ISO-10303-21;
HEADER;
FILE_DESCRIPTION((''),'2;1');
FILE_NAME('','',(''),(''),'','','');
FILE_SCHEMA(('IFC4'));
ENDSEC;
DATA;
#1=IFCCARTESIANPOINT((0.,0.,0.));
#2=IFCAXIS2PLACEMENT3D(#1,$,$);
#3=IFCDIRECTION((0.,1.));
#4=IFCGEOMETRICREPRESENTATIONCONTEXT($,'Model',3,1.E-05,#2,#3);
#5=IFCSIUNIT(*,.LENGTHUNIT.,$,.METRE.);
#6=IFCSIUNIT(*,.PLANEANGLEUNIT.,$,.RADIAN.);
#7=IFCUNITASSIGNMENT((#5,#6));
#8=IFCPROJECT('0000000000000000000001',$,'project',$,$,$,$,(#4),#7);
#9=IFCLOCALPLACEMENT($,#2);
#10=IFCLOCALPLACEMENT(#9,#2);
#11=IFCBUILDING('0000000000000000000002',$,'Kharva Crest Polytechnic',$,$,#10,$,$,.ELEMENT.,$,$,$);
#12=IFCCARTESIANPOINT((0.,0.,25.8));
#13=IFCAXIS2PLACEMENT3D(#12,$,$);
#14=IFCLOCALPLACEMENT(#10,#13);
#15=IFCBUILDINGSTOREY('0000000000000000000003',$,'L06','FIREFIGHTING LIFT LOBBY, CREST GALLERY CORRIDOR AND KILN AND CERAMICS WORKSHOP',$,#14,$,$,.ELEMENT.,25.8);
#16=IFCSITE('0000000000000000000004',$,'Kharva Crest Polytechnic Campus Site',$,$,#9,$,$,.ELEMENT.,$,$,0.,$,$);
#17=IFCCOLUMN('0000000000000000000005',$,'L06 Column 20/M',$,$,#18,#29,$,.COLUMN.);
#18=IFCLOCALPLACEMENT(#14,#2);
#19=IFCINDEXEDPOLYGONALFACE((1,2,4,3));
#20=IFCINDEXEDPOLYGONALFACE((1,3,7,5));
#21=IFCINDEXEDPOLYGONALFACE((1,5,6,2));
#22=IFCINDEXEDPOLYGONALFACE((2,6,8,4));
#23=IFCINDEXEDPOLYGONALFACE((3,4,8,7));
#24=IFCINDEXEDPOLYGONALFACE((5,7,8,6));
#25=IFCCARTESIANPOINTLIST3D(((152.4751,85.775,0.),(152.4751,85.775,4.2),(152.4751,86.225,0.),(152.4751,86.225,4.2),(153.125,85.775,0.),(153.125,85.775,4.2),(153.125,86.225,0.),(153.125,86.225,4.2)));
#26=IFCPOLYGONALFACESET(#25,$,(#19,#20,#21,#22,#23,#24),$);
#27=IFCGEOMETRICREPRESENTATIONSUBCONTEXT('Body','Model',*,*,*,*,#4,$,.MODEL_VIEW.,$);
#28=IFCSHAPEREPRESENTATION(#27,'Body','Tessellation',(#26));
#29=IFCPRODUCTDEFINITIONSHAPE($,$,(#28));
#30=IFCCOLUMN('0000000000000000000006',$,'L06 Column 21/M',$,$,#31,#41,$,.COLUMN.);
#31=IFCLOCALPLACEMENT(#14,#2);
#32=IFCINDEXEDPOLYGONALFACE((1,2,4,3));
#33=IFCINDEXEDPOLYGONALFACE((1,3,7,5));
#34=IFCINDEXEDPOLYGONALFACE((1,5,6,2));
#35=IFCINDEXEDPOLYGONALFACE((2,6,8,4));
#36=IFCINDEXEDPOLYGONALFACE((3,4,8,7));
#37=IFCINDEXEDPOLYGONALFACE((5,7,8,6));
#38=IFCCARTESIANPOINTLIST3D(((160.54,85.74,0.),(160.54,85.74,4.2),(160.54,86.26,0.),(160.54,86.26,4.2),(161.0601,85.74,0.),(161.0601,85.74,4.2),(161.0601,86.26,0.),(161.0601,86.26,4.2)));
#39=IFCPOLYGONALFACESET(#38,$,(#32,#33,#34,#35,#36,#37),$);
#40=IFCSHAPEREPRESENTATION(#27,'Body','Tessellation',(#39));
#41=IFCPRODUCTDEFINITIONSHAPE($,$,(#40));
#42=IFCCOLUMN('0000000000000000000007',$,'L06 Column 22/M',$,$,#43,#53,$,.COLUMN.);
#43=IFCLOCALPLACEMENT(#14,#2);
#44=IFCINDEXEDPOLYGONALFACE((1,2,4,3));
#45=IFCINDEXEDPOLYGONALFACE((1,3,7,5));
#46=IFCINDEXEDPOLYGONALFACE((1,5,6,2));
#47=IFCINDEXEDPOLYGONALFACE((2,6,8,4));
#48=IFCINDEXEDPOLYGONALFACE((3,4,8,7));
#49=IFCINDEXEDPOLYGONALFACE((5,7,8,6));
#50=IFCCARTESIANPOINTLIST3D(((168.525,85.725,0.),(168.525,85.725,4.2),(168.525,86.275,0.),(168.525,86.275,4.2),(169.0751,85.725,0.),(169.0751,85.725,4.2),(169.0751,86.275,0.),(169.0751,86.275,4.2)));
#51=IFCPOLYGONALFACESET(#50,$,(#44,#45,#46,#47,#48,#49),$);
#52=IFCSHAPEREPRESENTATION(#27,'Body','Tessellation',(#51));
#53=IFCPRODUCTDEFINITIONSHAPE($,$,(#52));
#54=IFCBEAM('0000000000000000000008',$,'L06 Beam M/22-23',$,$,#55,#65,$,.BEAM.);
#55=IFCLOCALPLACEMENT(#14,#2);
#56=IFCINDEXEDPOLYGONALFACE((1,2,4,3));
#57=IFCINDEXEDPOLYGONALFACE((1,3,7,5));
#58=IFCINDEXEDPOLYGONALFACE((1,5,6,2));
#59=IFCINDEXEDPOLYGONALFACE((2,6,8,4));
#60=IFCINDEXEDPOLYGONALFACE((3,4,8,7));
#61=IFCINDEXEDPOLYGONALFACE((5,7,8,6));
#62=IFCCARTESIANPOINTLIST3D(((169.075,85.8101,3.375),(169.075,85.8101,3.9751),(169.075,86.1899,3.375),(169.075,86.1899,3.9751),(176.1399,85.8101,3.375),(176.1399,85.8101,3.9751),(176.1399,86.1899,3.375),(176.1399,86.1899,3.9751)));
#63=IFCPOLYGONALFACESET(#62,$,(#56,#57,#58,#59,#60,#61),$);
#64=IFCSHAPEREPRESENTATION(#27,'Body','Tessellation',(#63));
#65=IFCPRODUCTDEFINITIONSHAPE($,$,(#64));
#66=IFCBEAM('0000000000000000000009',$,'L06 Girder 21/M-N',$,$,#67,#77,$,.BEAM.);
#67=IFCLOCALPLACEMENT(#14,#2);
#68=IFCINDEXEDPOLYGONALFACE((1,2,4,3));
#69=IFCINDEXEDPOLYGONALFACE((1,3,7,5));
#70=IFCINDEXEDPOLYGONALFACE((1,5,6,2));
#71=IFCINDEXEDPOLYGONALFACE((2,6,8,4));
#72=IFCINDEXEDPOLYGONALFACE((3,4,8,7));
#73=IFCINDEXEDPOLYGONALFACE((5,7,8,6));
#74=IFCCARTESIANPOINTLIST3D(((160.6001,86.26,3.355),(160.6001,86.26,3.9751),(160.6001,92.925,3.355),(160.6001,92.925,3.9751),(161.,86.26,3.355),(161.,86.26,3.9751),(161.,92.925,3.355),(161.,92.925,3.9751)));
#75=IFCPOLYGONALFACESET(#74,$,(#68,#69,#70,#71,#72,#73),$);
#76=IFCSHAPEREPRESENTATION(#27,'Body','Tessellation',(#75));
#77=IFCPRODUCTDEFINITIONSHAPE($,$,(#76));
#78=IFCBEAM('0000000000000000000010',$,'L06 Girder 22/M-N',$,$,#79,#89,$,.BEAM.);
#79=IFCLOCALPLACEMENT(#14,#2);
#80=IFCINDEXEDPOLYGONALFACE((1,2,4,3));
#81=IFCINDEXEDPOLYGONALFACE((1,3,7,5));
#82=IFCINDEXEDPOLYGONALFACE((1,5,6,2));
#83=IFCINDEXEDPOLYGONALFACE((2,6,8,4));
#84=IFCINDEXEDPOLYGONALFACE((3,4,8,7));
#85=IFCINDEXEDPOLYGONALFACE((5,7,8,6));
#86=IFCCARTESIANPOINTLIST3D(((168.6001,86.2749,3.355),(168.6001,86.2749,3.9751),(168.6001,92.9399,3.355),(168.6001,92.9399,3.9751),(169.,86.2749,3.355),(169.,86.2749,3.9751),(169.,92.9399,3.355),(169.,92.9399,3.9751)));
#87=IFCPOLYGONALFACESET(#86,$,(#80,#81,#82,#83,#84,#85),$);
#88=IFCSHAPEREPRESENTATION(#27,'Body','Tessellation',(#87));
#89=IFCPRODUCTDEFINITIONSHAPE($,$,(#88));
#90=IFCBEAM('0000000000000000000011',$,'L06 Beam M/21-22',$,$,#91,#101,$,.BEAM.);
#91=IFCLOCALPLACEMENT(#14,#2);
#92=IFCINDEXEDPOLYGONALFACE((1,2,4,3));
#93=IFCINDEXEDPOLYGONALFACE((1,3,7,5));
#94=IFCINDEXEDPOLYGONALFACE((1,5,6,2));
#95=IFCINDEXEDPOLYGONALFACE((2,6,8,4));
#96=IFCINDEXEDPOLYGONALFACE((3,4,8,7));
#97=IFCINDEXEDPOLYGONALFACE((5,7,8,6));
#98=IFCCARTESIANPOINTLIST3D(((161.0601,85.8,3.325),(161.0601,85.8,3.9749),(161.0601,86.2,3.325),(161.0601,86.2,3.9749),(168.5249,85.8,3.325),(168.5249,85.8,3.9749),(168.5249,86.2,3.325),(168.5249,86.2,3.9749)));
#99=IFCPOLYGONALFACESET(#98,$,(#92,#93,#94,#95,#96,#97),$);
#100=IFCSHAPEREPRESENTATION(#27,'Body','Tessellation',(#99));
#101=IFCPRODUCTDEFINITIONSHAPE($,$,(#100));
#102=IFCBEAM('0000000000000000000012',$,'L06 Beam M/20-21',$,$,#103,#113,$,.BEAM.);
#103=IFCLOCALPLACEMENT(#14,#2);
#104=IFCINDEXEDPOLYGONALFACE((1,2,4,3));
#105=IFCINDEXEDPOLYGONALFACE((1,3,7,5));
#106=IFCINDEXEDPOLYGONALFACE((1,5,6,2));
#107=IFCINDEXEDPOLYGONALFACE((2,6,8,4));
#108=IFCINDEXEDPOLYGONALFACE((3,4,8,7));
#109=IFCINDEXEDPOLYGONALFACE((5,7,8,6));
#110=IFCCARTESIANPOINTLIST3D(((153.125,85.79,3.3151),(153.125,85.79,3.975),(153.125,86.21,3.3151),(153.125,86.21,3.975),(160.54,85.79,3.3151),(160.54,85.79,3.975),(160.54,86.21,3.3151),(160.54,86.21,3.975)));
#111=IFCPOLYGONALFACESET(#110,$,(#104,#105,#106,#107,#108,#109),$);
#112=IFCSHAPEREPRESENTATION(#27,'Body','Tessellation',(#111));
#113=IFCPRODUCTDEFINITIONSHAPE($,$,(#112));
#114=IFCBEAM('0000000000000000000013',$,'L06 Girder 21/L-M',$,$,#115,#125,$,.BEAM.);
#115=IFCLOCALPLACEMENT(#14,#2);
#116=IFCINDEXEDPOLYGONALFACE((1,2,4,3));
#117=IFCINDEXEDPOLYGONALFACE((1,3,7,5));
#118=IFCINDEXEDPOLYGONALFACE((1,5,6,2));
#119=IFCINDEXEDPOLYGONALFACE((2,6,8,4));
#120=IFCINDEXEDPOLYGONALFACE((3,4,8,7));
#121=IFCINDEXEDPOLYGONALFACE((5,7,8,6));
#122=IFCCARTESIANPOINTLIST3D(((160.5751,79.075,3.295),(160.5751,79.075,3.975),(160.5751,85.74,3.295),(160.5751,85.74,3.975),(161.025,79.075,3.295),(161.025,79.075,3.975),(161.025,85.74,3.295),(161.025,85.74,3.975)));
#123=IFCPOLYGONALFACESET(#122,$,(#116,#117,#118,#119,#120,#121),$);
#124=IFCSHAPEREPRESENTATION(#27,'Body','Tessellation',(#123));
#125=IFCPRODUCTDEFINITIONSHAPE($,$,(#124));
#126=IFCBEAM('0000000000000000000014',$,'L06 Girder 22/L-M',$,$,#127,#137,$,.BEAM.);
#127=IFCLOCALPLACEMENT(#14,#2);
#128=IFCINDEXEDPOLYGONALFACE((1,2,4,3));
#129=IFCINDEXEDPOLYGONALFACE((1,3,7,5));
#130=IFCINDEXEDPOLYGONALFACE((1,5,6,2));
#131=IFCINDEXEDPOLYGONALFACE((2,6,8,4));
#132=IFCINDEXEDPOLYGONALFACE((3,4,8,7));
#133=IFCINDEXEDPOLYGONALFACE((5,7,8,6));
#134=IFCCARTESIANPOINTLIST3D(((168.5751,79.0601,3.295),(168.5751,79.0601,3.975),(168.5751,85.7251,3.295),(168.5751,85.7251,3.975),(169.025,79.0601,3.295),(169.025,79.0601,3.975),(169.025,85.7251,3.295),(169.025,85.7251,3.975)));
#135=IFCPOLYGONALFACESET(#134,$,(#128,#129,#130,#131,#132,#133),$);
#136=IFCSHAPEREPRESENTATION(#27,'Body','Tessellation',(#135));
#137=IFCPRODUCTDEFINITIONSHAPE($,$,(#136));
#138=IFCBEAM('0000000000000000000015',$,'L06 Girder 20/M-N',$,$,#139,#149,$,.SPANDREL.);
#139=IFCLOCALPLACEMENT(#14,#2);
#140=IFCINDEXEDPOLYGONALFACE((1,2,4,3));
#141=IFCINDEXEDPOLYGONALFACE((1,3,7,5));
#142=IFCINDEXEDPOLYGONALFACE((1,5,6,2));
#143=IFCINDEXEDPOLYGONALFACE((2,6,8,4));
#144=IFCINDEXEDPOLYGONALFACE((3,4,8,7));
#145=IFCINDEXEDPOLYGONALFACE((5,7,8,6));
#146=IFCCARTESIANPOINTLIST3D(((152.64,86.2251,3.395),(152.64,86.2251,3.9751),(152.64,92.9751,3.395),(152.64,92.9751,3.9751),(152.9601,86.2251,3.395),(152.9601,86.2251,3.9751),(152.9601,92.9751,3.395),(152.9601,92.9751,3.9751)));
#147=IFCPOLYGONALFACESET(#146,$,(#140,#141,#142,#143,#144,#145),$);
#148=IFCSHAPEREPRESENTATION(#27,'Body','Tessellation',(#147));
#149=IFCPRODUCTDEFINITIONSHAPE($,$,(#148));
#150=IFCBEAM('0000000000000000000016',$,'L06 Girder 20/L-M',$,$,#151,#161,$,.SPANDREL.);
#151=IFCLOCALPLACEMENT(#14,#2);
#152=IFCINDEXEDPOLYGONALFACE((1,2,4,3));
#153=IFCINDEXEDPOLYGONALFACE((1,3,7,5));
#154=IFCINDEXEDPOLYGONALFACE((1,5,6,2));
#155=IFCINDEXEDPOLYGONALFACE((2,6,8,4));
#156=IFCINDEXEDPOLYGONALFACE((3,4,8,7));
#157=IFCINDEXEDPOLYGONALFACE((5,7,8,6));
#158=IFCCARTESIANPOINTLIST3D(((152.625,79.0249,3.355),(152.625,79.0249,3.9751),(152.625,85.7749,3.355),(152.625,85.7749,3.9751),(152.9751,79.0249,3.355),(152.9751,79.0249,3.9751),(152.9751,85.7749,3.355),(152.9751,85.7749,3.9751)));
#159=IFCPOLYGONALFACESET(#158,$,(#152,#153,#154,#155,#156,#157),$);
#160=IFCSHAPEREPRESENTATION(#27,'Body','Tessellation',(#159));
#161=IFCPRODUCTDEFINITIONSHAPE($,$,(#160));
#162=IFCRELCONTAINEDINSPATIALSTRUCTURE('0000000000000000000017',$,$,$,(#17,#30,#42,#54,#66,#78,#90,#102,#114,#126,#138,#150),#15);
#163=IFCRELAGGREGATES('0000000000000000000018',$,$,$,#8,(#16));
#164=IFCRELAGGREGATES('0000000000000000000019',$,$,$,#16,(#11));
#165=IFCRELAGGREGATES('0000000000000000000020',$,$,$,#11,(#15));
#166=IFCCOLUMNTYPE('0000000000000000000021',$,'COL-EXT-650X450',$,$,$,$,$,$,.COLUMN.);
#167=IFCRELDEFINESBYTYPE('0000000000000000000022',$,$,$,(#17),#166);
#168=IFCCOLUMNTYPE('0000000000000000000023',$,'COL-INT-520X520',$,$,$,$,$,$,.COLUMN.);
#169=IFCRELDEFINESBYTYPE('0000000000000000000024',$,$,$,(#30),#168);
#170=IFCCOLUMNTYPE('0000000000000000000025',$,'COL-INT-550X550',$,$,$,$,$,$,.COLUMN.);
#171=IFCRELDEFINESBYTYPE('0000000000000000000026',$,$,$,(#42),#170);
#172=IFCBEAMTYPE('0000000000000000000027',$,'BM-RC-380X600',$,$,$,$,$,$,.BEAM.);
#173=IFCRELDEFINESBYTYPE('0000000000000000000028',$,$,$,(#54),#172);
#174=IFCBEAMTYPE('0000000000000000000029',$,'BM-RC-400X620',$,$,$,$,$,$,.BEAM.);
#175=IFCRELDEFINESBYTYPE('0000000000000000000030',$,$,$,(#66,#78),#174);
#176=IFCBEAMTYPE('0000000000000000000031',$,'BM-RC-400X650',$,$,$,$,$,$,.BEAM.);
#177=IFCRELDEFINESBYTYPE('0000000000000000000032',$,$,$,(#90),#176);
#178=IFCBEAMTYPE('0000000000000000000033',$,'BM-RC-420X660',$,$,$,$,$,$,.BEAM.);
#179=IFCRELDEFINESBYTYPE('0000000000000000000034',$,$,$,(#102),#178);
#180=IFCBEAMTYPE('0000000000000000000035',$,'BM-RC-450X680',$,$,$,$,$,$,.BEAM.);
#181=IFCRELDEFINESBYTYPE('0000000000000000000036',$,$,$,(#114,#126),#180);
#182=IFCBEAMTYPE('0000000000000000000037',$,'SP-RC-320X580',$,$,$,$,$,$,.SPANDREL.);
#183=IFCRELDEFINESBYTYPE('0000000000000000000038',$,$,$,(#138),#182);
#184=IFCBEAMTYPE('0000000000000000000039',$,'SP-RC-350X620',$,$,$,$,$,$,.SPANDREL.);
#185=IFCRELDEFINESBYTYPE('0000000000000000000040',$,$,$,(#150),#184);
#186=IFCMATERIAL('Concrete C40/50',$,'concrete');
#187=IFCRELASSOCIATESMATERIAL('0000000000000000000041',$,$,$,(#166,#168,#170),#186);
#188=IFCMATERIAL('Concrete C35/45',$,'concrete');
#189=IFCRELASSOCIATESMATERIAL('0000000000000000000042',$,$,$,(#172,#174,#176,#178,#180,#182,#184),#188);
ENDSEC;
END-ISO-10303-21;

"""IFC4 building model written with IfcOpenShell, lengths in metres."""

from ifc_helpers import new_model, si_unit, direction, frame, origin, origin_2d, place, context, subcontext, project, spatial, rectangle, extrude, material, material_profile, profile_set, type_object, element, save


model = new_model("IFC4")

# Units and contexts
model_context = context("Model", 3, precision=1e-05, world=origin(), true_north=direction((0.0, 1.0)))
body_context = subcontext(model_context, "Body", "Model", "MODEL_VIEW")
ifc_project = project(units=[si_unit("LENGTHUNIT", "METRE"), si_unit("PLANEANGLEUNIT", "RADIAN")], contexts=[model_context])

# Site, building, storey
site_placement = place(None, origin())
site = spatial("IfcSite", under=ifc_project, at=site_placement, Name="Kharva Crest Polytechnic Campus Site", CompositionType="ELEMENT", RefElevation=0.0)
building_placement = place(site_placement, origin())
building = spatial("IfcBuilding", under=site, at=building_placement, Name="Kharva Crest Polytechnic", CompositionType="ELEMENT")
storey_placement = place(building_placement, frame((0.0, 0.0, 25.8)))
storey = spatial("IfcBuildingStorey", under=building, at=storey_placement, Name="L06", Description="FIREFIGHTING LIFT LOBBY, CREST GALLERY CORRIDOR AND KILN AND CERAMICS WORKSHOP", CompositionType="ELEMENT", Elevation=25.8)

# Columns
ifc_material_1 = material(Name="Concrete C40/50", Category="concrete")
ifc_material_profile_1 = material_profile(ifc_material_1, rectangle(XDim=0.6499, YDim=0.45, at=origin_2d()), Name="RECT 650 X 450")
ifc_profile_set_1 = profile_set([ifc_material_profile_1], Name="Concrete C40/50")
column_type_1 = type_object("IfcColumnType", Name="COL-EXT-650X450", PredefinedType="COLUMN", material=ifc_profile_set_1)
column_1_placement = place(storey_placement, frame((152.8, 86.0, 0.0), z_axis=(0.0, 0.0, 1.0), x_axis=(1.0, 0.0, 0.0)))
element("IfcColumn", 1, at=column_1_placement, inside=storey, type_object=column_type_1, Name="L06 Column 20/M", PredefinedType="COLUMN", context=body_context, shape_type="SweptSolid", body=[
    extrude(rectangle(XDim=0.6499, YDim=0.45, at=origin_2d()), origin(), (0.0, 0.0, 1.0), 4.2),
])
ifc_material_profile_2 = material_profile(ifc_material_1, rectangle(XDim=0.52, YDim=0.52, at=origin_2d()), Name="RECT 520 X 520")
ifc_profile_set_2 = profile_set([ifc_material_profile_2], Name="Concrete C40/50")
column_type_2 = type_object("IfcColumnType", Name="COL-INT-520X520", PredefinedType="COLUMN", material=ifc_profile_set_2)
column_2_placement = place(storey_placement, frame((160.8, 86.0, 0.0), z_axis=(0.0, 0.0, 1.0), x_axis=(1.0, 0.0, 0.0)))
element("IfcColumn", 2, at=column_2_placement, inside=storey, type_object=column_type_2, Name="L06 Column 21/M", PredefinedType="COLUMN", context=body_context, shape_type="SweptSolid", body=[
    extrude(rectangle(XDim=0.52, YDim=0.52, at=origin_2d()), origin(), (0.0, 0.0, 1.0), 4.2),
])
ifc_material_profile_3 = material_profile(ifc_material_1, rectangle(XDim=0.55, YDim=0.55, at=origin_2d()), Name="RECT 550 X 550")
ifc_profile_set_3 = profile_set([ifc_material_profile_3], Name="Concrete C40/50")
column_type_3 = type_object("IfcColumnType", Name="COL-INT-550X550", PredefinedType="COLUMN", material=ifc_profile_set_3)
column_3_placement = place(storey_placement, frame((168.8, 86.0, 0.0), z_axis=(0.0, 0.0, 1.0), x_axis=(1.0, 0.0, 0.0)))
element("IfcColumn", 3, at=column_3_placement, inside=storey, type_object=column_type_3, Name="L06 Column 22/M", PredefinedType="COLUMN", context=body_context, shape_type="SweptSolid", body=[
    extrude(rectangle(XDim=0.55, YDim=0.55, at=origin_2d()), origin(), (0.0, 0.0, 1.0), 4.2),
])

# Beams
ifc_material_2 = material(Name="Concrete C35/45", Category="concrete")
ifc_material_profile_4 = material_profile(ifc_material_2, rectangle(XDim=0.3799, YDim=0.6001, at=origin_2d()), Name="RECT 380 X 600")
ifc_profile_set_4 = profile_set([ifc_material_profile_4], Name="Concrete C35/45")
beam_type_1 = type_object("IfcBeamType", Name="BM-RC-380X600", PredefinedType="BEAM", material=ifc_profile_set_4)
beam_1_placement = place(storey_placement, frame((169.075, 86.0, 3.675), z_axis=(1.0, 0.0, 0.0), x_axis=(0.0, 1.0, 0.0)))
element("IfcBeam", 4, at=beam_1_placement, inside=storey, type_object=beam_type_1, Name="L06 Beam M/22-23", PredefinedType="BEAM", context=body_context, shape_type="SweptSolid", body=[
    extrude(rectangle(XDim=0.3799, YDim=0.6001, at=origin_2d()), origin(), (0.0, 0.0, 1.0), 7.0649),
])
ifc_material_profile_5 = material_profile(ifc_material_2, rectangle(XDim=0.3999, YDim=0.6201, at=origin_2d()), Name="RECT 400 X 620")
ifc_profile_set_5 = profile_set([ifc_material_profile_5], Name="Concrete C35/45")
beam_type_2 = type_object("IfcBeamType", Name="BM-RC-400X620", PredefinedType="BEAM", material=ifc_profile_set_5)
for number, where, z_axis, x_axis, name in (
    (5, (160.8, 86.26, 3.665), (0.0, 1.0, 0.0), (-1.0, 0.0, 0.0), "L06 Girder 21/M-N"),
    (6, (168.8, 86.2749, 3.665), (0.0, 1.0, 0.0), (-1.0, 0.0, 0.0), "L06 Girder 22/M-N"),
):
    element("IfcBeam", number, at=place(storey_placement, frame(where, z_axis=z_axis, x_axis=x_axis)), inside=storey, type_object=beam_type_2, Name=name, PredefinedType="BEAM", context=body_context, shape_type="SweptSolid", body=[
        extrude(rectangle(XDim=0.3999, YDim=0.6201, at=origin_2d()), origin(), (0.0, 0.0, 1.0), 6.665),
    ])
ifc_material_profile_6 = material_profile(ifc_material_2, rectangle(XDim=0.3999, YDim=0.6499, at=origin_2d()), Name="RECT 400 X 650")
ifc_profile_set_6 = profile_set([ifc_material_profile_6], Name="Concrete C35/45")
beam_type_3 = type_object("IfcBeamType", Name="BM-RC-400X650", PredefinedType="BEAM", material=ifc_profile_set_6)
beam_2_placement = place(storey_placement, frame((161.0601, 86.0, 3.6499), z_axis=(1.0, 0.0, 0.0), x_axis=(0.0, 1.0, 0.0)))
element("IfcBeam", 7, at=beam_2_placement, inside=storey, type_object=beam_type_3, Name="L06 Beam M/21-22", PredefinedType="BEAM", context=body_context, shape_type="SweptSolid", body=[
    extrude(rectangle(XDim=0.3999, YDim=0.6499, at=origin_2d()), origin(), (0.0, 0.0, 1.0), 7.4648),
])
ifc_material_profile_7 = material_profile(ifc_material_2, rectangle(XDim=0.4199, YDim=0.6599, at=origin_2d()), Name="RECT 420 X 660")
ifc_profile_set_7 = profile_set([ifc_material_profile_7], Name="Concrete C35/45")
beam_type_4 = type_object("IfcBeamType", Name="BM-RC-420X660", PredefinedType="BEAM", material=ifc_profile_set_7)
beam_3_placement = place(storey_placement, frame((153.125, 86.0, 3.645), z_axis=(1.0, 0.0, 0.0), x_axis=(0.0, 1.0, 0.0)))
element("IfcBeam", 8, at=beam_3_placement, inside=storey, type_object=beam_type_4, Name="L06 Beam M/20-21", PredefinedType="BEAM", context=body_context, shape_type="SweptSolid", body=[
    extrude(rectangle(XDim=0.4199, YDim=0.6599, at=origin_2d()), origin(), (0.0, 0.0, 1.0), 7.415),
])
ifc_material_profile_8 = material_profile(ifc_material_2, rectangle(XDim=0.45, YDim=0.6799, at=origin_2d()), Name="RECT 450 X 680")
ifc_profile_set_8 = profile_set([ifc_material_profile_8], Name="Concrete C35/45")
beam_type_5 = type_object("IfcBeamType", Name="BM-RC-450X680", PredefinedType="BEAM", material=ifc_profile_set_8)
for number, where, z_axis, x_axis, name in (
    (9, (160.8, 79.075, 3.635), (0.0, 1.0, 0.0), (-1.0, 0.0, 0.0), "L06 Girder 21/L-M"),
    (10, (168.8, 79.0601, 3.635), (0.0, 1.0, 0.0), (-1.0, 0.0, 0.0), "L06 Girder 22/L-M"),
):
    element("IfcBeam", number, at=place(storey_placement, frame(where, z_axis=z_axis, x_axis=x_axis)), inside=storey, type_object=beam_type_5, Name=name, PredefinedType="BEAM", context=body_context, shape_type="SweptSolid", body=[
        extrude(rectangle(XDim=0.45, YDim=0.6799, at=origin_2d()), origin(), (0.0, 0.0, 1.0), 6.665),
    ])
ifc_material_profile_9 = material_profile(ifc_material_2, rectangle(XDim=0.3201, YDim=0.5801, at=origin_2d()), Name="RECT 320 X 580")
ifc_profile_set_9 = profile_set([ifc_material_profile_9], Name="Concrete C35/45")
beam_type_6 = type_object("IfcBeamType", Name="SP-RC-320X580", PredefinedType="SPANDREL", material=ifc_profile_set_9)
beam_4_placement = place(storey_placement, frame((152.8, 86.2251, 3.6851), z_axis=(0.0, 1.0, 0.0), x_axis=(-1.0, 0.0, 0.0)))
element("IfcBeam", 11, at=beam_4_placement, inside=storey, type_object=beam_type_6, Name="L06 Girder 20/M-N", PredefinedType="SPANDREL", context=body_context, shape_type="SweptSolid", body=[
    extrude(rectangle(XDim=0.3201, YDim=0.5801, at=origin_2d()), origin(), (0.0, 0.0, 1.0), 6.75),
])
ifc_material_profile_10 = material_profile(ifc_material_2, rectangle(XDim=0.3501, YDim=0.6201, at=origin_2d()), Name="RECT 350 X 620")
ifc_profile_set_10 = profile_set([ifc_material_profile_10], Name="Concrete C35/45")
beam_type_7 = type_object("IfcBeamType", Name="SP-RC-350X620", PredefinedType="SPANDREL", material=ifc_profile_set_10)
beam_5_placement = place(storey_placement, frame((152.8, 79.0249, 3.665), z_axis=(0.0, 1.0, 0.0), x_axis=(-1.0, 0.0, 0.0)))
element("IfcBeam", 12, at=beam_5_placement, inside=storey, type_object=beam_type_7, Name="L06 Girder 20/L-M", PredefinedType="SPANDREL", context=body_context, shape_type="SweptSolid", body=[
    extrude(rectangle(XDim=0.3501, YDim=0.6201, at=origin_2d()), origin(), (0.0, 0.0, 1.0), 6.75),
])

save(model, "model.ifc")
